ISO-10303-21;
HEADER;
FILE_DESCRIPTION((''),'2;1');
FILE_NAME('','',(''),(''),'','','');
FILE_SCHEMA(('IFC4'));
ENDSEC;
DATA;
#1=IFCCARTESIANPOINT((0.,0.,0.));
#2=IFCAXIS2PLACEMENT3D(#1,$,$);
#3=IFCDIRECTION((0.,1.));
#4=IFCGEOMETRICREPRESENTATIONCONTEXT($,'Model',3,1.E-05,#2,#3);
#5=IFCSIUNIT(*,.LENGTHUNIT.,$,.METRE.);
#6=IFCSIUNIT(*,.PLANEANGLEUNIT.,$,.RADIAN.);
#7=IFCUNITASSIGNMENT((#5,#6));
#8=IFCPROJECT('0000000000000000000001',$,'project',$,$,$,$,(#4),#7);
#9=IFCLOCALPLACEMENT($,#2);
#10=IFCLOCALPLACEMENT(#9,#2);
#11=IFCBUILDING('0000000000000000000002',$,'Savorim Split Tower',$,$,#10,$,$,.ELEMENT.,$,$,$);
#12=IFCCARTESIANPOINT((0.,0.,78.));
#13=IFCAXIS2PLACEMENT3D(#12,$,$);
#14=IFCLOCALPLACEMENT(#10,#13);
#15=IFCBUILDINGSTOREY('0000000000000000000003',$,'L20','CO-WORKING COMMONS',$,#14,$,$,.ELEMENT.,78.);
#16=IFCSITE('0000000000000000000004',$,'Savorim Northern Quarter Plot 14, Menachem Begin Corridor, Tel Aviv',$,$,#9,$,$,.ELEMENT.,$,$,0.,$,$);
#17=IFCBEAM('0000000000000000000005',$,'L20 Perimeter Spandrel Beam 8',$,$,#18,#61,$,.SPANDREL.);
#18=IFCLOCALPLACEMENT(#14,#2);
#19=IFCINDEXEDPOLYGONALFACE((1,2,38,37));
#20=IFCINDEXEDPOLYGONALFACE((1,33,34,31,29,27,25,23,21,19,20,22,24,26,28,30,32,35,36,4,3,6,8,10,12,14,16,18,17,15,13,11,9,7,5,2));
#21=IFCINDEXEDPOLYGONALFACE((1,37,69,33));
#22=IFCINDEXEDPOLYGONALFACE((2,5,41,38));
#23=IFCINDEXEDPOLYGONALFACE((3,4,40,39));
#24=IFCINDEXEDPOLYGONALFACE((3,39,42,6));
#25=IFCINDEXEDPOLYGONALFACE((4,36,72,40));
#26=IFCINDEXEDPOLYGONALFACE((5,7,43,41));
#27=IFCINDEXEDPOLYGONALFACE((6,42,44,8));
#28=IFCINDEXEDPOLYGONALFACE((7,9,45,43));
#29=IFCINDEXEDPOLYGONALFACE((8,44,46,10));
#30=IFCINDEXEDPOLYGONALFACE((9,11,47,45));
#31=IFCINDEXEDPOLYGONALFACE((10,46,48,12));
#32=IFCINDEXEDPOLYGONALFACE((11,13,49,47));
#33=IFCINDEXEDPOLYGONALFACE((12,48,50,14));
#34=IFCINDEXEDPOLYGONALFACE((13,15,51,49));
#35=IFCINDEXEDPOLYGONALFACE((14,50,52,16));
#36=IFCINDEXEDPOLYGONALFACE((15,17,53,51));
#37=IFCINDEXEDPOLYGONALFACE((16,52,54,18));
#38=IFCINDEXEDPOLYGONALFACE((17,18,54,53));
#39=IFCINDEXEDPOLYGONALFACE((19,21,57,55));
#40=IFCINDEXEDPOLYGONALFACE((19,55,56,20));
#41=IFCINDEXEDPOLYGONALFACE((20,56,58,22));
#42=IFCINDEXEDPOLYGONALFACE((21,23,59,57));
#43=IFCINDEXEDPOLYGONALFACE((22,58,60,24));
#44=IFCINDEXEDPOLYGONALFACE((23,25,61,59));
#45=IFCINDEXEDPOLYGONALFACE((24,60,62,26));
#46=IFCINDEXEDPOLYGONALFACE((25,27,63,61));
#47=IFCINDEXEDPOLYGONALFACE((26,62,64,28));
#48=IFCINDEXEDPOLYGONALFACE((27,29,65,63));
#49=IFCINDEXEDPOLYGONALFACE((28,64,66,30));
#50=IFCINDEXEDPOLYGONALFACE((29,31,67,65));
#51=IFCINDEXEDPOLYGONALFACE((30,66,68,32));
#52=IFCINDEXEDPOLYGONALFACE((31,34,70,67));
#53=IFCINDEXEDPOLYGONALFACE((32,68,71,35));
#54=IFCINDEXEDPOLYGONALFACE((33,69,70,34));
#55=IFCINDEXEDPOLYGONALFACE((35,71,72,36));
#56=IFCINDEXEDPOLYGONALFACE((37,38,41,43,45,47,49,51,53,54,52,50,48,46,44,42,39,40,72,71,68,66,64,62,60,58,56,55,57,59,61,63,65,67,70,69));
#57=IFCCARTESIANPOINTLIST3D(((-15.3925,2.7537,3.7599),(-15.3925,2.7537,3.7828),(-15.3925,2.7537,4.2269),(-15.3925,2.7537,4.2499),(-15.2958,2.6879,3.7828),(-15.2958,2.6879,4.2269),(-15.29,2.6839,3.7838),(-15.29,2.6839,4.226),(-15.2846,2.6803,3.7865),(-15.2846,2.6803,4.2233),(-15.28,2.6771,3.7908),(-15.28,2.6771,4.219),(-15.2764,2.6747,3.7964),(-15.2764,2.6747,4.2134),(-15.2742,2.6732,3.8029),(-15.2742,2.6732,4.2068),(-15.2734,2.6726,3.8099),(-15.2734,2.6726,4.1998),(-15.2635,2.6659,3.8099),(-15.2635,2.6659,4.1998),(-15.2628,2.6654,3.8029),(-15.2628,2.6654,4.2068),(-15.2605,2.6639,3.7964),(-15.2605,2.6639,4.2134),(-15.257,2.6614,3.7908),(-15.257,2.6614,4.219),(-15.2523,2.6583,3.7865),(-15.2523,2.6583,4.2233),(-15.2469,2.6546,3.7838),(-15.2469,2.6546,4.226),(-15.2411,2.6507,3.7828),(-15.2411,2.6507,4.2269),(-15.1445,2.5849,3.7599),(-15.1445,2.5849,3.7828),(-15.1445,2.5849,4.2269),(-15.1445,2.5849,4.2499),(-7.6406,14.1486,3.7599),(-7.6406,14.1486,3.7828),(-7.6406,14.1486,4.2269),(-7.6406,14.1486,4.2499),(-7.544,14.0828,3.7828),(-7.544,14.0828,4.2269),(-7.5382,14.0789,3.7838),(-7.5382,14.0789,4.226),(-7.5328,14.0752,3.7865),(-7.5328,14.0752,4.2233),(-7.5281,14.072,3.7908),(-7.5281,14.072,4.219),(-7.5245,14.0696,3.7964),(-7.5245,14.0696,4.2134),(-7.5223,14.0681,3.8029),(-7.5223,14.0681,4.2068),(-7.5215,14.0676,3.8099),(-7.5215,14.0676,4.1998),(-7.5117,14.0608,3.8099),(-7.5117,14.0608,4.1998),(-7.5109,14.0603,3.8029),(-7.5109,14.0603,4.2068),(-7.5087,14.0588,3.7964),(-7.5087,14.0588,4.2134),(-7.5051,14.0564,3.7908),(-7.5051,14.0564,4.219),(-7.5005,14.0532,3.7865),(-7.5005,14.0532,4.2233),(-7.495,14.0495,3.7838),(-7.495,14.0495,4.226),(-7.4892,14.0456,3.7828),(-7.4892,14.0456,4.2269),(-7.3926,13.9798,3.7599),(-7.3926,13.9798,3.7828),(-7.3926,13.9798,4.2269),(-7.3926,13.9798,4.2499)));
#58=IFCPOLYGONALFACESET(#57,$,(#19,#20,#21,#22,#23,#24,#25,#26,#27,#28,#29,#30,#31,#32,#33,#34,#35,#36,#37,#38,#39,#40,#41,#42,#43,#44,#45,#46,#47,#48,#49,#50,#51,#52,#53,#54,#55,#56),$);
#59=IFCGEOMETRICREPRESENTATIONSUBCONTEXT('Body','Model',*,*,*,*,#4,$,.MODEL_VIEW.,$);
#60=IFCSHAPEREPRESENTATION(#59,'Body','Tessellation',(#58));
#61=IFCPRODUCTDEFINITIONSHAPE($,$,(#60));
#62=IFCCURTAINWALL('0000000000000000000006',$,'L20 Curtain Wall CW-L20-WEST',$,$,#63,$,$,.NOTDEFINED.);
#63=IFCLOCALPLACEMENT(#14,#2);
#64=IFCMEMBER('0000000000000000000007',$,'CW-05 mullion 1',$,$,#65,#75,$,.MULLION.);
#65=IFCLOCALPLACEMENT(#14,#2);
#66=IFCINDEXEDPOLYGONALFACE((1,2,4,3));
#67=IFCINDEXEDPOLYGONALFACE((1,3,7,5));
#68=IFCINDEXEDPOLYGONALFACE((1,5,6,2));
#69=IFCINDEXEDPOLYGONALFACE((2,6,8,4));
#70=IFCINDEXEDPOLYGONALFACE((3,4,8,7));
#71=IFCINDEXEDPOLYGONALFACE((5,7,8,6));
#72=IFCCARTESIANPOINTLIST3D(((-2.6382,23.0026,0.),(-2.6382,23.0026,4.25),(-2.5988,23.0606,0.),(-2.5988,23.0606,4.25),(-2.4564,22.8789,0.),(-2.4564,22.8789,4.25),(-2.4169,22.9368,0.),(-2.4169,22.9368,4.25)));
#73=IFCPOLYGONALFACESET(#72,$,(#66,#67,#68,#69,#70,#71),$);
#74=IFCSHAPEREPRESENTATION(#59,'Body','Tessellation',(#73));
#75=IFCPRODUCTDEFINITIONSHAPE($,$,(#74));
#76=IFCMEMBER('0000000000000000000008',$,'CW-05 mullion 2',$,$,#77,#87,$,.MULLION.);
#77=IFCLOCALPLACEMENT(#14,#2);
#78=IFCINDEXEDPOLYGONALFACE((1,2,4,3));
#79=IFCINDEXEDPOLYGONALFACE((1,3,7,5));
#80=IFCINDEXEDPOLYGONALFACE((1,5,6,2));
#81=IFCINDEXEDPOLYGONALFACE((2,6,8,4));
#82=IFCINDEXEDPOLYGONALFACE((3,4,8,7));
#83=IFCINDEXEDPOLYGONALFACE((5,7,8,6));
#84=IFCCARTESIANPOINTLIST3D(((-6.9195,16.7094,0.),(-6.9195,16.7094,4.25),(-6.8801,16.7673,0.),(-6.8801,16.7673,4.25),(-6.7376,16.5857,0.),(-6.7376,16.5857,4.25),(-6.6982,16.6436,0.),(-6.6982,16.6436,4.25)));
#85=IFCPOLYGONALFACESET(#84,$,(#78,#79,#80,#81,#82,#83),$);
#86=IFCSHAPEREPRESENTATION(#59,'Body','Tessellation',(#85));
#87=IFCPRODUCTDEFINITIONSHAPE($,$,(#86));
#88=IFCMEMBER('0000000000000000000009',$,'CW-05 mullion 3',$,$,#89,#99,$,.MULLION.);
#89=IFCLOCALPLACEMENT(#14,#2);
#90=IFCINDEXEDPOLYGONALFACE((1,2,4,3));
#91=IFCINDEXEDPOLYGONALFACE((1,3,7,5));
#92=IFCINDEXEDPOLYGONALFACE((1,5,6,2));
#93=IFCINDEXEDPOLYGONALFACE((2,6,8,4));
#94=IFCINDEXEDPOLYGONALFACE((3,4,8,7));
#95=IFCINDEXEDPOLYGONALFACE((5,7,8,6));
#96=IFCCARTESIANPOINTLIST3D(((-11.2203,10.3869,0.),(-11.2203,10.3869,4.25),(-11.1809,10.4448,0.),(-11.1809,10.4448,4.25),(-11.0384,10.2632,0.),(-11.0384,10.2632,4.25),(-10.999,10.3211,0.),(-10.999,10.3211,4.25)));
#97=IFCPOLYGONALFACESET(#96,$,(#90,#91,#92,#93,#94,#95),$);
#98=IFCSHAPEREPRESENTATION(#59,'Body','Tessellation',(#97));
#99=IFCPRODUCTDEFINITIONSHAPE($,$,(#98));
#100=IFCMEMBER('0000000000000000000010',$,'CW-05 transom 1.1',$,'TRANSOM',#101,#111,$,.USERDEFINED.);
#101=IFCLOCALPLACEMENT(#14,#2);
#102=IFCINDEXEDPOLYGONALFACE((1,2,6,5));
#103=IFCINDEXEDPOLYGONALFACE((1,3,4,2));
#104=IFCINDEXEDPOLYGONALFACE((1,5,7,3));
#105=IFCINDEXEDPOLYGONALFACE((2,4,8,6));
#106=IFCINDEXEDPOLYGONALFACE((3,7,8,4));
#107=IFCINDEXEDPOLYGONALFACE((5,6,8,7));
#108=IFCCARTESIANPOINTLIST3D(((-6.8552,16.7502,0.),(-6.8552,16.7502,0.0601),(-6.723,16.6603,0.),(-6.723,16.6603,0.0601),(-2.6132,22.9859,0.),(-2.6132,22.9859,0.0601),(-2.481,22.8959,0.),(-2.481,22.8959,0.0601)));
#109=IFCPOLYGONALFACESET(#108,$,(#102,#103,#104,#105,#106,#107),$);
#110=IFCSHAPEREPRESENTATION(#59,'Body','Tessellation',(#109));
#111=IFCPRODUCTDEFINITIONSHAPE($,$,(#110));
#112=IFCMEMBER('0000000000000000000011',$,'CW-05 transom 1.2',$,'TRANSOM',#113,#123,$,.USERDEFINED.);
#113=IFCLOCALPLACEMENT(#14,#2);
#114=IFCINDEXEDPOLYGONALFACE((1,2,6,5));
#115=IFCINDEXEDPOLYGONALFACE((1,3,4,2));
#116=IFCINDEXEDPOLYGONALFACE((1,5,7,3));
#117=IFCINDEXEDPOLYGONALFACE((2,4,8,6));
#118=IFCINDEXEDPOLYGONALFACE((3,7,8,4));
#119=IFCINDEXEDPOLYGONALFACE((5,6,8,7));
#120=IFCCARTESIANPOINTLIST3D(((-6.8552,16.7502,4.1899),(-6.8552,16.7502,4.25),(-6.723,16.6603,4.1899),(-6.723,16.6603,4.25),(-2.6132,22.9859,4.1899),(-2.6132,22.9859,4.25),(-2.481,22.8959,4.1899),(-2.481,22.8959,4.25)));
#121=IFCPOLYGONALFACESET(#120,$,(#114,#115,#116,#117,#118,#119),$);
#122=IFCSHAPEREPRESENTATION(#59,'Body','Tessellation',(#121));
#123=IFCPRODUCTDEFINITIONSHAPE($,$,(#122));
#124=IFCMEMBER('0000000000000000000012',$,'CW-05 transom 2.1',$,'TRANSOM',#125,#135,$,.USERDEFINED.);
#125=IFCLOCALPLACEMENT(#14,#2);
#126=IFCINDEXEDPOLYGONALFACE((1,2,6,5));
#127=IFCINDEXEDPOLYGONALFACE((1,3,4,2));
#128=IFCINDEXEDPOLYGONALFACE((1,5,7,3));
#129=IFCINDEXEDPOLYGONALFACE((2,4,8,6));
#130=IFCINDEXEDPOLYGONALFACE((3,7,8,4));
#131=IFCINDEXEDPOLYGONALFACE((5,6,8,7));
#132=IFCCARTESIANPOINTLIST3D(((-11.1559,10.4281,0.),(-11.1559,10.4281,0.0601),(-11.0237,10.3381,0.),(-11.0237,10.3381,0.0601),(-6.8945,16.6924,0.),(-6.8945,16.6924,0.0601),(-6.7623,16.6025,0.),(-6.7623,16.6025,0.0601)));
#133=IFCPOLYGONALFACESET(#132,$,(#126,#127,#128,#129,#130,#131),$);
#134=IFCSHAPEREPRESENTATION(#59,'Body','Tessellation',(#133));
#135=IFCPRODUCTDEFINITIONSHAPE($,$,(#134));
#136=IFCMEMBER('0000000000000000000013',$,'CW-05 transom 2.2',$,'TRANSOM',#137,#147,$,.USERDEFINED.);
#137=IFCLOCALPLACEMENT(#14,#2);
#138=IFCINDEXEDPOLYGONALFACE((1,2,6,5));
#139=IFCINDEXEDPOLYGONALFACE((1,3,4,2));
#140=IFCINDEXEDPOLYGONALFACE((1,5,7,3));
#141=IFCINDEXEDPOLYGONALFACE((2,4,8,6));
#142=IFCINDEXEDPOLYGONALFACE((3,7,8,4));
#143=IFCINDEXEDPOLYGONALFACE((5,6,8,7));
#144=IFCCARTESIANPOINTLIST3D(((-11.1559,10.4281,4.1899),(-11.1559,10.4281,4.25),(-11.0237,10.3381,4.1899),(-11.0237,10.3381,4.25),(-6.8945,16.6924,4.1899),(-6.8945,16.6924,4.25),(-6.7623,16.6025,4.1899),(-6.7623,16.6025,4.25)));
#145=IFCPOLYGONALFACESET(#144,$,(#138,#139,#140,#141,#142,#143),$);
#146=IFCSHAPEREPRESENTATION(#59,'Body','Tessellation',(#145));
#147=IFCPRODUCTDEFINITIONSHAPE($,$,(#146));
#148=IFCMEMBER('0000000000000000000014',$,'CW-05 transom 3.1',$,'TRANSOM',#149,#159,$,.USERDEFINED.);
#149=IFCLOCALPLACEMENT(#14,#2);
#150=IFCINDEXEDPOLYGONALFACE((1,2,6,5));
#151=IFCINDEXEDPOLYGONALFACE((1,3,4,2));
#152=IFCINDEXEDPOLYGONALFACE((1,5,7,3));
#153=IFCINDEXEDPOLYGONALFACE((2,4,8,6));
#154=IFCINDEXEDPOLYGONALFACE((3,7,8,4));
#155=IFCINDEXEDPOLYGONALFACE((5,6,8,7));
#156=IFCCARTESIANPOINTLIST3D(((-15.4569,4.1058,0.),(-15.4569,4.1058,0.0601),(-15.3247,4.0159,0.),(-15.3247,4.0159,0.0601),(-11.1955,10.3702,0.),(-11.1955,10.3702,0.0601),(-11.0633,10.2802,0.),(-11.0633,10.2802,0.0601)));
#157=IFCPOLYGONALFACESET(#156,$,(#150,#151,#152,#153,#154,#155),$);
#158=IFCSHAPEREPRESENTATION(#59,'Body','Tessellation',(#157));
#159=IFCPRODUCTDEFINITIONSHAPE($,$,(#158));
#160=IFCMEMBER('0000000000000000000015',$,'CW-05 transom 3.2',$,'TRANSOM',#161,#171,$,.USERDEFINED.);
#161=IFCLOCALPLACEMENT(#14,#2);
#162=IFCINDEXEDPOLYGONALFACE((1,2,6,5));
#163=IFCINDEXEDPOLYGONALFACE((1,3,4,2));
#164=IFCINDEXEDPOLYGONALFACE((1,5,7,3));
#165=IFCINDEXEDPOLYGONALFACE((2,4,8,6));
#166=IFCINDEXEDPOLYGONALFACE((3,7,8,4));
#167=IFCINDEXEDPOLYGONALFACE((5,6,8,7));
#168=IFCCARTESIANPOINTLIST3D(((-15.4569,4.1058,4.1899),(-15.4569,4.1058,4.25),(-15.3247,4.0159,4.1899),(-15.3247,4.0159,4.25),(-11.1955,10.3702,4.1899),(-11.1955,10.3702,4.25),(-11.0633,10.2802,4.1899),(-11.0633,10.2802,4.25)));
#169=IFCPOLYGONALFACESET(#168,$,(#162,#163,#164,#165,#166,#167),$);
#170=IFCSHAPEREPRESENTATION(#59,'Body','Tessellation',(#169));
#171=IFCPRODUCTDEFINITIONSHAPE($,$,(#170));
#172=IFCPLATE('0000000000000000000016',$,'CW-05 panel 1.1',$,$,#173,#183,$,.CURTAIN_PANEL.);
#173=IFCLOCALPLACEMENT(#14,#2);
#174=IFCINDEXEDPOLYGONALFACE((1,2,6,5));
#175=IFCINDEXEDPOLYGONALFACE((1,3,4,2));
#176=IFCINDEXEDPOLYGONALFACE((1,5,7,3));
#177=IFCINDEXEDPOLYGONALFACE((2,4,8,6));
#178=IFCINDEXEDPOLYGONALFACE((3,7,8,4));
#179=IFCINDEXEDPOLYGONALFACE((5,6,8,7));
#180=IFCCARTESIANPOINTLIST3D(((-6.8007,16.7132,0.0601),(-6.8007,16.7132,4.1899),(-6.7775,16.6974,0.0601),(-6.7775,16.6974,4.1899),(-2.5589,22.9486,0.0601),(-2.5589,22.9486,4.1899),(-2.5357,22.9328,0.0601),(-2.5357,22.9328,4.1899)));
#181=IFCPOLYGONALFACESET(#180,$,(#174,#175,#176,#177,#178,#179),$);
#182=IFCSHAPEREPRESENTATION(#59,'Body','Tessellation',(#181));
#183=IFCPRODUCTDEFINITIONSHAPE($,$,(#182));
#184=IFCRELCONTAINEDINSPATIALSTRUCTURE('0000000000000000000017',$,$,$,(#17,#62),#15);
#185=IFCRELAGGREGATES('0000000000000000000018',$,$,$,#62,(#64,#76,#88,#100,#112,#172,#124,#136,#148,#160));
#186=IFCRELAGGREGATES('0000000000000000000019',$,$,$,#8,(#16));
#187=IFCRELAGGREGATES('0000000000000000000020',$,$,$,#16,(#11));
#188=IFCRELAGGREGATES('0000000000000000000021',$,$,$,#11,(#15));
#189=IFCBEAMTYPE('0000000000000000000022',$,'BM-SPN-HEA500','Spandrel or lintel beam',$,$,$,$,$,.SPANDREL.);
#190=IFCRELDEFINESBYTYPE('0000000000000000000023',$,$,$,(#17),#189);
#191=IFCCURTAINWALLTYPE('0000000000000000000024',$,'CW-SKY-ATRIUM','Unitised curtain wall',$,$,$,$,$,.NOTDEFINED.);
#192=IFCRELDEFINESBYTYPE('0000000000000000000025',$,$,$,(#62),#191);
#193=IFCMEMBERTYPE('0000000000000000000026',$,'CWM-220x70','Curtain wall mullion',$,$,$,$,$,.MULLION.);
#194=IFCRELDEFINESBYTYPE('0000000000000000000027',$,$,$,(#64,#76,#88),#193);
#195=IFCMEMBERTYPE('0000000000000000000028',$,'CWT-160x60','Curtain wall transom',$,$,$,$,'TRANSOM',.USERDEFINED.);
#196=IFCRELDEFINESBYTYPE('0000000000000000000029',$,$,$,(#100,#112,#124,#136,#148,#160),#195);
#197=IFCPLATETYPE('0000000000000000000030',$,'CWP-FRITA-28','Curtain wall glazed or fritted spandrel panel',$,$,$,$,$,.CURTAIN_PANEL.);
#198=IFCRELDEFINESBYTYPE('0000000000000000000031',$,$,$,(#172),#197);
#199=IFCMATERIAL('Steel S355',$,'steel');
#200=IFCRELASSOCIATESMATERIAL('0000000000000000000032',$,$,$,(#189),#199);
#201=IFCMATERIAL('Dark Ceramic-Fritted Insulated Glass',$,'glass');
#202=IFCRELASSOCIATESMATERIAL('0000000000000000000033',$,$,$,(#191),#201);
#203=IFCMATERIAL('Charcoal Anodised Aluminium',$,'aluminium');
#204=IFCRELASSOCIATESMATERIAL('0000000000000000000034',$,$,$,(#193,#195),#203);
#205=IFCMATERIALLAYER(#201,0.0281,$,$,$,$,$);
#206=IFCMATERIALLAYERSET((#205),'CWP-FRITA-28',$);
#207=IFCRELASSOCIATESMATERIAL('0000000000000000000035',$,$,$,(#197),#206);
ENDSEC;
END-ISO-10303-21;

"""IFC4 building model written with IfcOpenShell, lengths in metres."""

from ifc_helpers import new_model, si_unit, direction, frame, origin, origin_2d, place, context, subcontext, project, spatial, rectangle, i_section, extrude, material, layer, layer_set, material_profile, profile_set, type_object, element, aggregate, save


model = new_model("IFC4")

# Units and contexts
model_context = context("Model", 3, precision=1e-05, world=origin(), true_north=direction((0.0, 1.0)))
body_context = subcontext(model_context, "Body", "Model", "MODEL_VIEW")
ifc_project = project(units=[si_unit("LENGTHUNIT", "METRE"), si_unit("PLANEANGLEUNIT", "RADIAN")], contexts=[model_context])

# Site, building, storey
site_placement = place(None, origin())
site = spatial("IfcSite", under=ifc_project, at=site_placement, Name="Savorim Northern Quarter Plot 14, Menachem Begin Corridor, Tel Aviv", CompositionType="ELEMENT", RefElevation=0.0)
building_placement = place(site_placement, origin())
building = spatial("IfcBuilding", under=site, at=building_placement, Name="Savorim Split Tower", CompositionType="ELEMENT")
storey_placement = place(building_placement, frame((0.0, 0.0, 78.0)))
storey = spatial("IfcBuildingStorey", under=building, at=storey_placement, Name="L20", Description="CO-WORKING COMMONS", CompositionType="ELEMENT", Elevation=78.0)

# Beam
ifc_material_1 = material(Name="Steel S355", Category="steel")
ifc_material_profile_1 = material_profile(ifc_material_1, i_section(OverallWidth=0.3, OverallDepth=0.49, WebThickness=0.012, FlangeThickness=0.0229, FilletRadius=0.0271, at=origin_2d()), Name="HEA 500")
ifc_profile_set_1 = profile_set([ifc_material_profile_1], Name="Steel S355")
beam_type_1 = type_object("IfcBeamType", Name="BM-SPN-HEA500", Description="Spandrel or lintel beam", PredefinedType="SPANDREL", material=ifc_profile_set_1)
beam_1_placement = place(storey_placement, frame((-7.5166, 14.0642, 4.0049), z_axis=(-0.562476, -0.826814, 0.0), x_axis=(0.826814, -0.562476, 0.0)))
element("IfcBeam", 1, at=beam_1_placement, inside=storey, type_object=beam_type_1, Name="L20 Perimeter Spandrel Beam 8", PredefinedType="SPANDREL", context=body_context, shape_type="SweptSolid", body=[
    extrude(i_section(OverallWidth=0.3, OverallDepth=0.49, WebThickness=0.012, FlangeThickness=0.0229, FilletRadius=0.0271, at=origin_2d()), origin(), (0.0, 0.0, 1.0), 13.7817),
])

# Curtain wall, members, plate
ifc_material_2 = material(Name="Dark Ceramic-Fritted Insulated Glass", Category="glass")
curtain_wall_type = type_object("IfcCurtainWallType", Name="CW-SKY-ATRIUM", Description="Unitised curtain wall", PredefinedType="NOTDEFINED", material=ifc_material_2)
curtain_wall_placement = place(storey_placement, origin())
curtain_wall = element("IfcCurtainWall", 2, at=curtain_wall_placement, inside=storey, type_object=curtain_wall_type, Name="L20 Curtain Wall CW-L20-WEST", PredefinedType="NOTDEFINED")
ifc_material_3 = material(Name="Charcoal Anodised Aluminium", Category="aluminium")
ifc_material_profile_2 = material_profile(ifc_material_3, rectangle(XDim=0.22, YDim=0.0701, at=origin_2d()), Name="ALU-M 220x70")
ifc_profile_set_2 = profile_set([ifc_material_profile_2], Name="Charcoal Anodised Aluminium")
member_type_1 = type_object("IfcMemberType", Name="CWM-220x70", Description="Curtain wall mullion", PredefinedType="MULLION", material=ifc_profile_set_2)
member_1_placement = place(storey_placement, frame((-2.5276, 22.9697, 0.0), z_axis=(0.0, 0.0, 1.0), x_axis=(0.82682, -0.562467, 0.0)))
member_1 = element("IfcMember", 3, at=member_1_placement, type_object=member_type_1, Name="CW-05 mullion 1", PredefinedType="MULLION", context=body_context, shape_type="SweptSolid", body=[
    extrude(rectangle(XDim=0.22, YDim=0.0701, at=origin_2d()), origin(), (0.0, 0.0, 1.0), 4.25),
])
member_2_placement = place(storey_placement, frame((-6.8088, 16.6765, 0.0), z_axis=(0.0, 0.0, 1.0), x_axis=(0.82682, -0.562467, 0.0)))
member_2 = element("IfcMember", 4, at=member_2_placement, type_object=member_type_1, Name="CW-05 mullion 2", PredefinedType="MULLION", context=body_context, shape_type="SweptSolid", body=[
    extrude(rectangle(XDim=0.22, YDim=0.0701, at=origin_2d()), origin(), (0.0, 0.0, 1.0), 4.25),
])
member_3_placement = place(storey_placement, frame((-11.1096, 10.354, 0.0), z_axis=(0.0, 0.0, 1.0), x_axis=(0.82682, -0.562467, 0.0)))
member_3 = element("IfcMember", 5, at=member_3_placement, type_object=member_type_1, Name="CW-05 mullion 3", PredefinedType="MULLION", context=body_context, shape_type="SweptSolid", body=[
    extrude(rectangle(XDim=0.22, YDim=0.0701, at=origin_2d()), origin(), (0.0, 0.0, 1.0), 4.25),
])
ifc_material_profile_3 = material_profile(ifc_material_3, rectangle(XDim=0.1599, YDim=0.0601, at=origin_2d()), Name="ALU-T 160x60")
ifc_profile_set_3 = profile_set([ifc_material_profile_3], Name="Charcoal Anodised Aluminium")
member_type_2 = type_object("IfcMemberType", Name="CWT-160x60", Description="Curtain wall transom", ElementType="TRANSOM", PredefinedType="USERDEFINED", material=ifc_profile_set_3)
member_4_placement = place(storey_placement, frame((-2.5471, 22.9409, 0.03), z_axis=(-0.562468, -0.826819, 0.0), x_axis=(0.826819, -0.562468, 0.0)))
member_4 = element("IfcMember", 6, at=member_4_placement, type_object=member_type_2, Name="CW-05 transom 1.1", ObjectType="TRANSOM", PredefinedType="USERDEFINED", context=body_context, shape_type="SweptSolid", body=[
    extrude(rectangle(XDim=0.1599, YDim=0.0601, at=origin_2d()), origin(), (0.0, 0.0, 1.0), 7.5417),
])
member_5_placement = place(storey_placement, frame((-2.5471, 22.9409, 4.22), z_axis=(-0.562468, -0.826819, 0.0), x_axis=(0.826819, -0.562468, 0.0)))
member_5 = element("IfcMember", 7, at=member_5_placement, type_object=member_type_2, Name="CW-05 transom 1.2", ObjectType="TRANSOM", PredefinedType="USERDEFINED", context=body_context, shape_type="SweptSolid", body=[
    extrude(rectangle(XDim=0.1599, YDim=0.0601, at=origin_2d()), origin(), (0.0, 0.0, 1.0), 7.5417),
])
member_6_placement = place(storey_placement, frame((-6.8284, 16.6475, 0.03), z_axis=(-0.562462, -0.826823, 0.0), x_axis=(0.826823, -0.562462, 0.0)))
member_6 = element("IfcMember", 8, at=member_6_placement, type_object=member_type_2, Name="CW-05 transom 2.1", ObjectType="TRANSOM", PredefinedType="USERDEFINED", context=body_context, shape_type="SweptSolid", body=[
    extrude(rectangle(XDim=0.1599, YDim=0.0601, at=origin_2d()), origin(), (0.0, 0.0, 1.0), 7.5764),
])
member_7_placement = place(storey_placement, frame((-6.8284, 16.6475, 4.22), z_axis=(-0.562462, -0.826823, 0.0), x_axis=(0.826823, -0.562462, 0.0)))
member_7 = element("IfcMember", 9, at=member_7_placement, type_object=member_type_2, Name="CW-05 transom 2.2", ObjectType="TRANSOM", PredefinedType="USERDEFINED", context=body_context, shape_type="SweptSolid", body=[
    extrude(rectangle(XDim=0.1599, YDim=0.0601, at=origin_2d()), origin(), (0.0, 0.0, 1.0), 7.5764),
])
member_8_placement = place(storey_placement, frame((-11.1294, 10.3252, 0.03), z_axis=(-0.562462, -0.826823, 0.0), x_axis=(0.826823, -0.562462, 0.0)))
member_8 = element("IfcMember", 10, at=member_8_placement, type_object=member_type_2, Name="CW-05 transom 3.1", ObjectType="TRANSOM", PredefinedType="USERDEFINED", context=body_context, shape_type="SweptSolid", body=[
    extrude(rectangle(XDim=0.1599, YDim=0.0601, at=origin_2d()), origin(), (0.0, 0.0, 1.0), 7.5764),
])
member_9_placement = place(storey_placement, frame((-11.1294, 10.3252, 4.22), z_axis=(-0.562462, -0.826823, 0.0), x_axis=(0.826823, -0.562462, 0.0)))
member_9 = element("IfcMember", 11, at=member_9_placement, type_object=member_type_2, Name="CW-05 transom 3.2", ObjectType="TRANSOM", PredefinedType="USERDEFINED", context=body_context, shape_type="SweptSolid", body=[
    extrude(rectangle(XDim=0.1599, YDim=0.0601, at=origin_2d()), origin(), (0.0, 0.0, 1.0), 7.5764),
])
ifc_layer_1 = layer(ifc_material_2, 0.0281)
ifc_layer_set_1 = layer_set([ifc_layer_1], Name="CWP-FRITA-28")
plate_type = type_object("IfcPlateType", Name="CWP-FRITA-28", Description="Curtain wall glazed or fritted spandrel panel", PredefinedType="CURTAIN_PANEL", material=ifc_layer_set_1)
plate_1_placement = place(storey_placement, frame((-4.6682, 19.823, 0.0601), z_axis=(0.0, 0.0, 1.0), x_axis=(-0.562467, -0.82682, 0.0)))
plate_1 = element("IfcPlate", 12, at=plate_1_placement, type_object=plate_type, Name="CW-05 panel 1.1", PredefinedType="CURTAIN_PANEL", context=body_context, shape_type="SweptSolid", body=[
    extrude(rectangle(XDim=7.5415, YDim=0.0281, at=origin_2d()), origin(), (0.0, 0.0, 1.0), 4.1299),
])
aggregate(curtain_wall, [member_1, member_2, member_3, member_4, member_5, plate_1, member_6, member_7, member_8, member_9])

save(model, "model.ifc")
